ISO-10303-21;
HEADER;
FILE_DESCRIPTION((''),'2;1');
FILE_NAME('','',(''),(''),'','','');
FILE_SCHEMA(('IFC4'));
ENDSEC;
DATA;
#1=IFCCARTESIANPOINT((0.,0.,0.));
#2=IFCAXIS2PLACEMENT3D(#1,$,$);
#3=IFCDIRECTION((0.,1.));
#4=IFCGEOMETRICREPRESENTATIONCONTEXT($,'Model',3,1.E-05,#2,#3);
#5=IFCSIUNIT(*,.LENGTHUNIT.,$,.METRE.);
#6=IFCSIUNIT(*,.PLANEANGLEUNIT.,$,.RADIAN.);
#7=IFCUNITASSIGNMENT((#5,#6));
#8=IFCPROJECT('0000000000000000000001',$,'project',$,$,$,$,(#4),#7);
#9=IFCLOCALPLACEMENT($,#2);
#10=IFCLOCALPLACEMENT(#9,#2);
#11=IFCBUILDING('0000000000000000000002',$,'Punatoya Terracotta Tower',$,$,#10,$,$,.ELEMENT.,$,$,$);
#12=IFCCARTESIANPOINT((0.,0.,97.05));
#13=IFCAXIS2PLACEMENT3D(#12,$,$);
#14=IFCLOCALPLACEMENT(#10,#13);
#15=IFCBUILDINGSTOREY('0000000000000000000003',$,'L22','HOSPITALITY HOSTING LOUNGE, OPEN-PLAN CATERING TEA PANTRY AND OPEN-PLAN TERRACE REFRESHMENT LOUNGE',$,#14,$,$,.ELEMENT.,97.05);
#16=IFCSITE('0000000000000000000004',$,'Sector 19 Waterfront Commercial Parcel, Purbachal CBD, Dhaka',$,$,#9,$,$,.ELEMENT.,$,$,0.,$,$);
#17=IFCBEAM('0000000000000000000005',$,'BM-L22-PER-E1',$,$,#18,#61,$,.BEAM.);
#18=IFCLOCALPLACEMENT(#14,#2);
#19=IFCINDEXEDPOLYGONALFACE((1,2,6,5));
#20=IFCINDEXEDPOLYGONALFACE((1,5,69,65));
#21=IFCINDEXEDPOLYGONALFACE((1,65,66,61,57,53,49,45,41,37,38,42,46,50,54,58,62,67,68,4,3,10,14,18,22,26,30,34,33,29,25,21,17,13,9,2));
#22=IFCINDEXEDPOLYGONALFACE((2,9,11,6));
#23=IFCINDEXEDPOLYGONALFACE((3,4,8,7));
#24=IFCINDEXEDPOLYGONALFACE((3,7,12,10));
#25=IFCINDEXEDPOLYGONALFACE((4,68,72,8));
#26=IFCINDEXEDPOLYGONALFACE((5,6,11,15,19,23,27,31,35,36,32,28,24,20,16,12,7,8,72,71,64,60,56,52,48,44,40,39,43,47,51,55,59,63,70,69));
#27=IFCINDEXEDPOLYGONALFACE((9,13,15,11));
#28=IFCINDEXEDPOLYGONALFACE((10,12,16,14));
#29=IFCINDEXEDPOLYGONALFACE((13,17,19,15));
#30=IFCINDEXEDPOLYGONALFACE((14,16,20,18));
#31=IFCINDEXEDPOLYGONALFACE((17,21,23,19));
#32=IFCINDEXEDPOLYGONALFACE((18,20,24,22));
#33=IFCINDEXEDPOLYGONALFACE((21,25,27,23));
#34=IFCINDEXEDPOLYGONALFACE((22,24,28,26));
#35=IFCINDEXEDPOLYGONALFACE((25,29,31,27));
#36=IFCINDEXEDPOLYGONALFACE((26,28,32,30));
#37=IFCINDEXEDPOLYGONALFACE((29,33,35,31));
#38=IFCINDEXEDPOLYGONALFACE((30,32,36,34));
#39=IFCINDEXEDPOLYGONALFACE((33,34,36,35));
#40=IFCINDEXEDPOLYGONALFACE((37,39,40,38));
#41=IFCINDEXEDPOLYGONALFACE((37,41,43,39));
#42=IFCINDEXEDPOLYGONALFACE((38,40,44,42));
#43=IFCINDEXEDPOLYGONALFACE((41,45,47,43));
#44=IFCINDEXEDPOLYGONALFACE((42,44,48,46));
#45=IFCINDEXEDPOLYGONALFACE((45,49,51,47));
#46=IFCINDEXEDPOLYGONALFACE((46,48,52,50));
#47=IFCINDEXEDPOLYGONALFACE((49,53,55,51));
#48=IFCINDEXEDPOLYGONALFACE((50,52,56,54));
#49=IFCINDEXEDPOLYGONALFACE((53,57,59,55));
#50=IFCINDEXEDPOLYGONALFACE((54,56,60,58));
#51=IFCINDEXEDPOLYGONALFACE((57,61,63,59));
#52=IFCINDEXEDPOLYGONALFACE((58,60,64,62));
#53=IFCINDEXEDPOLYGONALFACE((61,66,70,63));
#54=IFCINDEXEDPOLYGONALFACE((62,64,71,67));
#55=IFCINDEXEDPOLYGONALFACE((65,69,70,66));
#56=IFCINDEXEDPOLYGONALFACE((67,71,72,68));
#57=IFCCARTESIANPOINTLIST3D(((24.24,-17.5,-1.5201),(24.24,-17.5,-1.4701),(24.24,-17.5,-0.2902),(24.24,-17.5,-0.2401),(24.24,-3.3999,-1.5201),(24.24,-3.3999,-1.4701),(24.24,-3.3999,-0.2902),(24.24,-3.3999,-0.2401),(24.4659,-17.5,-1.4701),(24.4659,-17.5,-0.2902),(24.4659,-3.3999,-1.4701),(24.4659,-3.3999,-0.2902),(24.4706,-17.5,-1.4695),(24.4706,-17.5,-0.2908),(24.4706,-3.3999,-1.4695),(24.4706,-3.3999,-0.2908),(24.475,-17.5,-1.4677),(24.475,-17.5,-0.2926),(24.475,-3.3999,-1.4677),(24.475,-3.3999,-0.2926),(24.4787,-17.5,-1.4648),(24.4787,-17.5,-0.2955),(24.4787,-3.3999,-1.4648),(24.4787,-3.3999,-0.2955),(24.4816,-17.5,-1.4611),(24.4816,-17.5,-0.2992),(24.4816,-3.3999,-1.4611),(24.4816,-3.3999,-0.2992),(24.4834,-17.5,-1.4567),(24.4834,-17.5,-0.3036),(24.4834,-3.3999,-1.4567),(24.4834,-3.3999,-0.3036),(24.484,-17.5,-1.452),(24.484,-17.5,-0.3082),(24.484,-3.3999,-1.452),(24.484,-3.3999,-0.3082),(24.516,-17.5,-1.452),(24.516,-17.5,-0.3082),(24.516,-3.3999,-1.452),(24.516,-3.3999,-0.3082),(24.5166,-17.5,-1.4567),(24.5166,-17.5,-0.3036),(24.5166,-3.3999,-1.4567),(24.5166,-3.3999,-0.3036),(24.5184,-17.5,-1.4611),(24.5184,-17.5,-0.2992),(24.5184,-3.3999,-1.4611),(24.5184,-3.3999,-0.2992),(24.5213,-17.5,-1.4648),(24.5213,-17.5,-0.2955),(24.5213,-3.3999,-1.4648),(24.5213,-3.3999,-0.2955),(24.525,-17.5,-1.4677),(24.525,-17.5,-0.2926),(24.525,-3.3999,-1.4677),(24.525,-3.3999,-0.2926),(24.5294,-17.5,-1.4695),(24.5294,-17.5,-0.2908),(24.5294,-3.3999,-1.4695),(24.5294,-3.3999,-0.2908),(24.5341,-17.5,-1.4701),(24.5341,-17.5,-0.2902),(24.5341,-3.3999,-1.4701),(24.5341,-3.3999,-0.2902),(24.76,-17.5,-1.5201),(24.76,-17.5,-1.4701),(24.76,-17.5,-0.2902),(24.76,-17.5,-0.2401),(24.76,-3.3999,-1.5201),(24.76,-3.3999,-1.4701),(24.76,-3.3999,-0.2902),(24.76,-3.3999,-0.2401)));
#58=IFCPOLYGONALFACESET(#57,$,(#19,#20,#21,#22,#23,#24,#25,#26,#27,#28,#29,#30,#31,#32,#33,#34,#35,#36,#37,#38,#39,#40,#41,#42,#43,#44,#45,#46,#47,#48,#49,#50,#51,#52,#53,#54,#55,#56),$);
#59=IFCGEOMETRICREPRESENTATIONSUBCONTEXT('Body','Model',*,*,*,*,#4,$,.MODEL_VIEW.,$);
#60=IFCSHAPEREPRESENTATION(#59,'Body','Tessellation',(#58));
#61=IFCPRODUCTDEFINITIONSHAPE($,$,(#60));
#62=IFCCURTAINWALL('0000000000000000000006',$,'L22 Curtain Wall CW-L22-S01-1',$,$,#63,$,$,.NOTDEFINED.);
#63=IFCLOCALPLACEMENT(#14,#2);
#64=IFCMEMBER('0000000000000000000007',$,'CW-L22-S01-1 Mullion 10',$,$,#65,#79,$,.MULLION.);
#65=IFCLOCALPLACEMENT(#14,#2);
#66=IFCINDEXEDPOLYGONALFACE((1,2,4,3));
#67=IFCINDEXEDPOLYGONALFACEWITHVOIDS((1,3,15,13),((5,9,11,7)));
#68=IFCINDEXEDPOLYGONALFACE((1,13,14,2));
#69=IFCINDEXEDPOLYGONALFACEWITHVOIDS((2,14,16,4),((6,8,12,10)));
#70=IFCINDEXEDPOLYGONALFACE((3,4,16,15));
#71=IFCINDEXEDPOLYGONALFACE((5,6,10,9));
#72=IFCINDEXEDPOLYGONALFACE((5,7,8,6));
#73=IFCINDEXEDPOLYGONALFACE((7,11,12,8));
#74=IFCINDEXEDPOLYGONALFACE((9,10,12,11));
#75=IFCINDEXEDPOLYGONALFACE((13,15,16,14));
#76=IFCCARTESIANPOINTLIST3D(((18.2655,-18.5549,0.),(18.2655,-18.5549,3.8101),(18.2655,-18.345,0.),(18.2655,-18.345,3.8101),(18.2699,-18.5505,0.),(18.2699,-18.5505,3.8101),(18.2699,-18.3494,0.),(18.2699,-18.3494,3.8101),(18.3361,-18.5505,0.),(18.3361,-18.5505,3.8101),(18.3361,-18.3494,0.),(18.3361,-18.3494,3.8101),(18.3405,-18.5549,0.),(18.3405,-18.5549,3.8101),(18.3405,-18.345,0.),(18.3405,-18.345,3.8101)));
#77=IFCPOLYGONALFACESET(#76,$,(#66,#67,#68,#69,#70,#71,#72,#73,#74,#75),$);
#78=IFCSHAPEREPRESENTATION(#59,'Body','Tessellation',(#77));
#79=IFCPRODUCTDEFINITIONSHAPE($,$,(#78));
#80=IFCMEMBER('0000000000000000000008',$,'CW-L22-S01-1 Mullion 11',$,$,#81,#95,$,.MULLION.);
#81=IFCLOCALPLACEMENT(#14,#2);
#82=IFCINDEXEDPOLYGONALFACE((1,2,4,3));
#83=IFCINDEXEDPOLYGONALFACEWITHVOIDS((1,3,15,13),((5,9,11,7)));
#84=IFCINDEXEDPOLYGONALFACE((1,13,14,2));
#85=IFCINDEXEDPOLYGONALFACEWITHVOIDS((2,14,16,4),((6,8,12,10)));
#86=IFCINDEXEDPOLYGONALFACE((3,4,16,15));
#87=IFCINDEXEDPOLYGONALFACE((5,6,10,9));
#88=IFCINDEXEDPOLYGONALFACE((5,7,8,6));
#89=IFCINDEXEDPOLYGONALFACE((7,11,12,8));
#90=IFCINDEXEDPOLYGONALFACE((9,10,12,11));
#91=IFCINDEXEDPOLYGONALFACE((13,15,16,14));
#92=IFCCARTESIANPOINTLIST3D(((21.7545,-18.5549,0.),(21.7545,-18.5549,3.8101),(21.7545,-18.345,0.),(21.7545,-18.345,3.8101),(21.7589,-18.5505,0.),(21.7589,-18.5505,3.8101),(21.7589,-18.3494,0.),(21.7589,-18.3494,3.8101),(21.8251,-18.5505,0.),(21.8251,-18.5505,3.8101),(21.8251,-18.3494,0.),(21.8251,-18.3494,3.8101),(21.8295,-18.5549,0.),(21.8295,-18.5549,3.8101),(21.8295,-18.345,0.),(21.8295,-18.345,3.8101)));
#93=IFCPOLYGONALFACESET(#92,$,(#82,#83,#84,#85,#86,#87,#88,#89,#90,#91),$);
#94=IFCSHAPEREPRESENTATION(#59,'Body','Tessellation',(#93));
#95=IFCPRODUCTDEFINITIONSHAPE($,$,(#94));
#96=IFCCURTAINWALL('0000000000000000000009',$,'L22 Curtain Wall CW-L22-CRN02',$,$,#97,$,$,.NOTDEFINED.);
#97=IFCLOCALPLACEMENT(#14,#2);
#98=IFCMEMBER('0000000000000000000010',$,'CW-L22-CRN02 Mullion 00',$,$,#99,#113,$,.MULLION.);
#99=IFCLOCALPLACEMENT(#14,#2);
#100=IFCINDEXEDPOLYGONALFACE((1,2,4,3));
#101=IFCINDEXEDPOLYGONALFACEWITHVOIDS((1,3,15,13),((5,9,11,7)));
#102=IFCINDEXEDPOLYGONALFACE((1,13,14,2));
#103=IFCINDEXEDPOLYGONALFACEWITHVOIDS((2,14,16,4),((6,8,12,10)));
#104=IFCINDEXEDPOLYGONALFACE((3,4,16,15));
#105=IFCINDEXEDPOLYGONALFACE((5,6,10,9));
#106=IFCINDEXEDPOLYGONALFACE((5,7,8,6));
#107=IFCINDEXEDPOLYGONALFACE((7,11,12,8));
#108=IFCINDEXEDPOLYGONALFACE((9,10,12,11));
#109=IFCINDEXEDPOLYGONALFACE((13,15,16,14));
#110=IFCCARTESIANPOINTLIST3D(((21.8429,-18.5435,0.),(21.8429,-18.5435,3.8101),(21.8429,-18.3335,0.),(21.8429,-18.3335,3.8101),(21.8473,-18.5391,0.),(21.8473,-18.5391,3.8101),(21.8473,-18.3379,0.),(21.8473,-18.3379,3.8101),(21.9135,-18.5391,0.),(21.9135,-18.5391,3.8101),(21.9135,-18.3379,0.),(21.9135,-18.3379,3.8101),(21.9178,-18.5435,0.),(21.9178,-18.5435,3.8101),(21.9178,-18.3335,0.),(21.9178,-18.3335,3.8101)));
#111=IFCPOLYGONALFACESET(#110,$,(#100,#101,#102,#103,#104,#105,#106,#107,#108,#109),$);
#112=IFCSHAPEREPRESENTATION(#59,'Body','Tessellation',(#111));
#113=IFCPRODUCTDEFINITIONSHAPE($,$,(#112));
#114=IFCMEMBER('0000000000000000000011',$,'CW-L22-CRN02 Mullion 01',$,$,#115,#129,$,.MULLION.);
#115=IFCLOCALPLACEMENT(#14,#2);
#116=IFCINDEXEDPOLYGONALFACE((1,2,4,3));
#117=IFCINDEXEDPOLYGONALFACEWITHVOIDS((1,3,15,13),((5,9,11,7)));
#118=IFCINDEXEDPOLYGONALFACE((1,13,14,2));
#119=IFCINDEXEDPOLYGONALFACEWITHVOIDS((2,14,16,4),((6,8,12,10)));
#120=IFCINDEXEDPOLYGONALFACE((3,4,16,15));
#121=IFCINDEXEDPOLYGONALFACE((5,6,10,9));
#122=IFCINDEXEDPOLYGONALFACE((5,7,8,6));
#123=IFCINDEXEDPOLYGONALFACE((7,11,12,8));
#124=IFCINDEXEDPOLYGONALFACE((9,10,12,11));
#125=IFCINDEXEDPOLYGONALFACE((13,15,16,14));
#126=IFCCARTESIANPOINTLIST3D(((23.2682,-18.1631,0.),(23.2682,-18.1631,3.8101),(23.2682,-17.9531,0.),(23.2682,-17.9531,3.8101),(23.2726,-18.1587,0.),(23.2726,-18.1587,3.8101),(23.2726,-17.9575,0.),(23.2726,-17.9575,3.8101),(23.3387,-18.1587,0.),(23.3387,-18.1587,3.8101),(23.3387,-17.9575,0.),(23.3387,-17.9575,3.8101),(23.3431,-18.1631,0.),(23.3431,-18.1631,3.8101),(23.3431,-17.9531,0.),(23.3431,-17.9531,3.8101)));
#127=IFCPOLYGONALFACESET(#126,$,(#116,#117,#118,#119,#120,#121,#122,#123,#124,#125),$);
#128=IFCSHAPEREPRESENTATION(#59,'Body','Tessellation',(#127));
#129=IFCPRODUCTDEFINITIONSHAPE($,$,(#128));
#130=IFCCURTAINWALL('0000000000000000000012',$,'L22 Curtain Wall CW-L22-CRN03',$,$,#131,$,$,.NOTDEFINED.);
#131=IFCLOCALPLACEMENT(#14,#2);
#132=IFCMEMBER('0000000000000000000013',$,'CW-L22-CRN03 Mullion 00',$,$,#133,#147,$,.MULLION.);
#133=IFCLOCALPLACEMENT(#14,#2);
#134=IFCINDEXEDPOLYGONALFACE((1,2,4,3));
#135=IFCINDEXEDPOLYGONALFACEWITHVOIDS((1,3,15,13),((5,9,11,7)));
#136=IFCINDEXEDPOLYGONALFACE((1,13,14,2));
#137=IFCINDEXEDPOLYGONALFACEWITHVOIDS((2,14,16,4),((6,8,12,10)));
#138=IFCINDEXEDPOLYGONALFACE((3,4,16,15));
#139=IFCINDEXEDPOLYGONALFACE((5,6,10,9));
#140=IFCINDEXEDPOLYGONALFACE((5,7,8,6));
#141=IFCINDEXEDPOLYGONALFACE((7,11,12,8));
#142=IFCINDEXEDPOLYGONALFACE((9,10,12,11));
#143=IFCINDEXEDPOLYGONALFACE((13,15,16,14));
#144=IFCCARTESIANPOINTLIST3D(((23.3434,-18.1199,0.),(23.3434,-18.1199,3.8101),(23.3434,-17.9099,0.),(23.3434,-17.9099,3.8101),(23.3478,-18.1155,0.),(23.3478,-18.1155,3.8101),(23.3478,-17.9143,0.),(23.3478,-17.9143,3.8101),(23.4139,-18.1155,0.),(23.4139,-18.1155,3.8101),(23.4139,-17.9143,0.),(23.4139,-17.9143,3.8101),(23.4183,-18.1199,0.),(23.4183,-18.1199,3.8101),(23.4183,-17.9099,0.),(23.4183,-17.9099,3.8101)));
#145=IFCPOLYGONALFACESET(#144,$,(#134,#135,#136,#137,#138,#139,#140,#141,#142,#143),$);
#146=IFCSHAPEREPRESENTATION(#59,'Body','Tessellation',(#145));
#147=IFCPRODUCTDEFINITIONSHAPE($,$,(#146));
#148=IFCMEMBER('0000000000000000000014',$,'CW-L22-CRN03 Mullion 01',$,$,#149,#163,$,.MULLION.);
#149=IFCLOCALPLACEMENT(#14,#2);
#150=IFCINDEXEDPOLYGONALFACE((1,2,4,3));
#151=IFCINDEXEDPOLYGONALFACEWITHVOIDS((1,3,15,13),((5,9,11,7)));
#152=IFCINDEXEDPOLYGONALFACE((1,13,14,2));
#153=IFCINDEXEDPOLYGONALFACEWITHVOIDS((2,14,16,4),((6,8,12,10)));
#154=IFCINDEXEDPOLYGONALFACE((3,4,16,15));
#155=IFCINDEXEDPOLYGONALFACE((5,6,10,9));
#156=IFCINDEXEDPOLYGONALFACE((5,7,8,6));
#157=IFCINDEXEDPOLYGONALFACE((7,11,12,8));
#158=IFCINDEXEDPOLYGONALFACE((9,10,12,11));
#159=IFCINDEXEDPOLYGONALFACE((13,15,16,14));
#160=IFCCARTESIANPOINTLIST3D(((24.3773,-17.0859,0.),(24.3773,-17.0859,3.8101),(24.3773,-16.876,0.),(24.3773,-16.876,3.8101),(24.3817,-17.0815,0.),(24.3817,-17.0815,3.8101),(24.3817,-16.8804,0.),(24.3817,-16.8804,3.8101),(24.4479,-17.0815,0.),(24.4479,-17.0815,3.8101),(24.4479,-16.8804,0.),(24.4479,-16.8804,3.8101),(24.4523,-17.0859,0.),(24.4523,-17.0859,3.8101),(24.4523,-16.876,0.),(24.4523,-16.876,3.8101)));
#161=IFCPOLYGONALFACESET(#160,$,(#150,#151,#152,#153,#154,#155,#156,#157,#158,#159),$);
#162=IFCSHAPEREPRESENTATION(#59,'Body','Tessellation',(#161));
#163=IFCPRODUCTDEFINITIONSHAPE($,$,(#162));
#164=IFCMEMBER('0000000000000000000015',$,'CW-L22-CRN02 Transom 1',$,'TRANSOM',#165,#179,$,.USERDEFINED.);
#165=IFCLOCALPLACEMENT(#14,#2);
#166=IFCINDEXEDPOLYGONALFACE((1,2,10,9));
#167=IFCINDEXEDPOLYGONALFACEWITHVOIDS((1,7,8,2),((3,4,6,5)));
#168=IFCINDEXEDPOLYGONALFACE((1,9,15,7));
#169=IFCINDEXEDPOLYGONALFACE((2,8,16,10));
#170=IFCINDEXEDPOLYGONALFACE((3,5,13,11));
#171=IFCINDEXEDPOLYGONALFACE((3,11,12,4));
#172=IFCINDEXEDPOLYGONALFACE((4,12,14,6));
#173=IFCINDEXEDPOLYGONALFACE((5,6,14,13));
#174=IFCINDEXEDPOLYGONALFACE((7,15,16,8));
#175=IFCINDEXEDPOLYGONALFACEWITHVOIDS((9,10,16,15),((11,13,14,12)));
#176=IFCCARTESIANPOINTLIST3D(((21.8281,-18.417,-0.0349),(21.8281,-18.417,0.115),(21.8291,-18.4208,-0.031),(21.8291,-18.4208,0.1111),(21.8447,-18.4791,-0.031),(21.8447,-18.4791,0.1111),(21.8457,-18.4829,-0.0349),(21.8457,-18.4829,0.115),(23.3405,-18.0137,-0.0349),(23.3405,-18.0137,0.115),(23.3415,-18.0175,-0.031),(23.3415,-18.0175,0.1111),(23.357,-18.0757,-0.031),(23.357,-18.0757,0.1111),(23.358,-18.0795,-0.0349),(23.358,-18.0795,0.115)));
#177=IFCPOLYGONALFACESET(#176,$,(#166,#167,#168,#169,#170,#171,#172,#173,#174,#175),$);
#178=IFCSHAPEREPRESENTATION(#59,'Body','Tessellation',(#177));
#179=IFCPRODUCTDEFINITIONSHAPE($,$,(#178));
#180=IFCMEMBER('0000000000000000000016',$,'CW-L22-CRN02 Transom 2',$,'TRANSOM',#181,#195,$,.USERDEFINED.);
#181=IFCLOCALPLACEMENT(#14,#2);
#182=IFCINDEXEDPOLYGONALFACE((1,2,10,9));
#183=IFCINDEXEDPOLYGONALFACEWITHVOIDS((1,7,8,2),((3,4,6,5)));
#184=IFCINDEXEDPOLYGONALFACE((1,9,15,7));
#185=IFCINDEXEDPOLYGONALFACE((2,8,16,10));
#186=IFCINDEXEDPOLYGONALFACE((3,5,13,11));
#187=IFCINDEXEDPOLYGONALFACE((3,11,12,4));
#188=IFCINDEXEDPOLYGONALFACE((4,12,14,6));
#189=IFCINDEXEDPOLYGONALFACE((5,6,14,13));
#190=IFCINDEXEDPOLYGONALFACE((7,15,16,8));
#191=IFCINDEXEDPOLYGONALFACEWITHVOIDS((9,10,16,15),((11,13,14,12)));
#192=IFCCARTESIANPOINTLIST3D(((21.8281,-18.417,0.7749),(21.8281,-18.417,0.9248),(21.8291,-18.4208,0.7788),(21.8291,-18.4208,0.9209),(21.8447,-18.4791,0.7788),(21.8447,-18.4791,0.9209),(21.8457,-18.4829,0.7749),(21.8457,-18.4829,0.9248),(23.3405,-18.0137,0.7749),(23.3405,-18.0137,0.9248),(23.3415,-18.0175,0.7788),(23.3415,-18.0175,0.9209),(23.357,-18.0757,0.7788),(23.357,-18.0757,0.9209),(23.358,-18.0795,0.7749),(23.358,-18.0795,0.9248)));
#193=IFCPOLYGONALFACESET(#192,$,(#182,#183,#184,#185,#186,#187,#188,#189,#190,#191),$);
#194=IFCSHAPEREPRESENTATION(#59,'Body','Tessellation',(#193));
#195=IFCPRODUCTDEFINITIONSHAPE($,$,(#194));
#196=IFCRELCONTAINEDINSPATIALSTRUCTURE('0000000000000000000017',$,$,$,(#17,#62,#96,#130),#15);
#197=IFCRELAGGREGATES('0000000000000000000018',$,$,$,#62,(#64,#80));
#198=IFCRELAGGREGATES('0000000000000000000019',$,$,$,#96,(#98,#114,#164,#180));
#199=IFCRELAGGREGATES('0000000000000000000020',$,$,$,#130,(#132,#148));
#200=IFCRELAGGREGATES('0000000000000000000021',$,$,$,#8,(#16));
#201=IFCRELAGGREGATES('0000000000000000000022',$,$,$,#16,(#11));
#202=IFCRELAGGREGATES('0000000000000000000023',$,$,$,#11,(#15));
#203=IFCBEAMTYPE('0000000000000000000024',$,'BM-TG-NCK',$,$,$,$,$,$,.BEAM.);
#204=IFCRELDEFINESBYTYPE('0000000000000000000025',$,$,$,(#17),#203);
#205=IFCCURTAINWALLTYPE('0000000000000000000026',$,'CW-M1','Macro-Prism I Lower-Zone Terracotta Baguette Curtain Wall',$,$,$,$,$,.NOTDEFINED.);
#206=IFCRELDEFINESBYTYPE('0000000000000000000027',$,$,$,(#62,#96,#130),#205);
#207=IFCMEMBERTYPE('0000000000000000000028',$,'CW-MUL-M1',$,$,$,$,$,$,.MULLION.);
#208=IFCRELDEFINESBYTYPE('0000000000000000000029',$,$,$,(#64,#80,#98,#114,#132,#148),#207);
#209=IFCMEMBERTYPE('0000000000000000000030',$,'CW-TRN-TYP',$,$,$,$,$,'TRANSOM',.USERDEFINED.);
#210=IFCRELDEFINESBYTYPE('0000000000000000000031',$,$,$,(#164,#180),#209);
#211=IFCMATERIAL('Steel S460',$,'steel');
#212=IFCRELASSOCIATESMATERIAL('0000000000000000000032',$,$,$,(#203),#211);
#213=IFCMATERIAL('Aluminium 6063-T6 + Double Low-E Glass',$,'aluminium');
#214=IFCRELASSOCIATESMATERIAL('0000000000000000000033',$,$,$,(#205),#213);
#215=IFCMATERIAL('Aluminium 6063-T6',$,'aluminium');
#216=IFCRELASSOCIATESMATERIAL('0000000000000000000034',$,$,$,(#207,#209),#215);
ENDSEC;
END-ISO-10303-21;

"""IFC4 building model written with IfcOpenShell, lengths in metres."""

from ifc_helpers import new_model, si_unit, direction, frame, origin, origin_2d, place, context, subcontext, project, spatial, hollow_rectangle, i_section, extrude, material, material_profile, profile_set, type_object, element, aggregate, save


model = new_model("IFC4")

# Units and contexts
model_context = context("Model", 3, precision=1e-05, world=origin(), true_north=direction((0.0, 1.0)))
body_context = subcontext(model_context, "Body", "Model", "MODEL_VIEW")
ifc_project = project(units=[si_unit("LENGTHUNIT", "METRE"), si_unit("PLANEANGLEUNIT", "RADIAN")], contexts=[model_context])

# Site, building, storey
site_placement = place(None, origin())
site = spatial("IfcSite", under=ifc_project, at=site_placement, Name="Sector 19 Waterfront Commercial Parcel, Purbachal CBD, Dhaka", CompositionType="ELEMENT", RefElevation=0.0)
building_placement = place(site_placement, origin())
building = spatial("IfcBuilding", under=site, at=building_placement, Name="Punatoya Terracotta Tower", CompositionType="ELEMENT")
storey_placement = place(building_placement, frame((0.0, 0.0, 97.05)))
storey = spatial("IfcBuildingStorey", under=building, at=storey_placement, Name="L22", Description="HOSPITALITY HOSTING LOUNGE, OPEN-PLAN CATERING TEA PANTRY AND OPEN-PLAN TERRACE REFRESHMENT LOUNGE", CompositionType="ELEMENT", Elevation=97.05)

# Shared definitions
ifc_material_1 = material(Name="Steel S460", Category="steel")

# Beam
ifc_material_profile_1 = material_profile(ifc_material_1, i_section(OverallWidth=0.52, OverallDepth=1.28, WebThickness=0.032, FlangeThickness=0.05, FilletRadius=0.0181, at=origin_2d()))
ifc_profile_set_1 = profile_set([ifc_material_profile_1], Name="Steel S460")
beam_type_1 = type_object("IfcBeamType", Name="BM-TG-NCK", PredefinedType="BEAM", material=ifc_profile_set_1)
beam_1_placement = place(storey_placement, frame((24.5, -17.5, -0.8801), z_axis=(0.0, 1.0, 0.0), x_axis=(-1.0, 0.0, 0.0)))
element("IfcBeam", 1, at=beam_1_placement, inside=storey, type_object=beam_type_1, Name="BM-L22-PER-E1", PredefinedType="BEAM", context=body_context, shape_type="SweptSolid", body=[
    extrude(i_section(OverallWidth=0.52, OverallDepth=1.28, WebThickness=0.032, FlangeThickness=0.05, FilletRadius=0.0181, at=origin_2d()), origin(), (0.0, 0.0, 1.0), 14.1001),
])

# Curtain walls, members
ifc_material_2 = material(Name="Aluminium 6063-T6 + Double Low-E Glass", Category="aluminium")
curtain_wall_type = type_object("IfcCurtainWallType", Name="CW-M1", Description="Macro-Prism I Lower-Zone Terracotta Baguette Curtain Wall", PredefinedType="NOTDEFINED", material=ifc_material_2)
curtain_wall_1_placement = place(storey_placement, origin())
curtain_wall_1 = element("IfcCurtainWall", 2, at=curtain_wall_1_placement, inside=storey, type_object=curtain_wall_type, Name="L22 Curtain Wall CW-L22-S01-1", PredefinedType="NOTDEFINED")
ifc_material_3 = material(Name="Aluminium 6063-T6", Category="aluminium")
ifc_material_profile_2 = material_profile(ifc_material_3, hollow_rectangle(XDim=0.075, YDim=0.21, WallThickness=0.0044, at=origin_2d()))
ifc_profile_set_2 = profile_set([ifc_material_profile_2], Name="Aluminium 6063-T6")
member_type_1 = type_object("IfcMemberType", Name="CW-MUL-M1", PredefinedType="MULLION", material=ifc_profile_set_2)
member_1_placement = place(storey_placement, frame((18.303, -18.45, 0.0), z_axis=(0.0, 0.0, 1.0), x_axis=(1.0, 0.0, 0.0)))
member_1 = element("IfcMember", 3, at=member_1_placement, type_object=member_type_1, Name="CW-L22-S01-1 Mullion 10", PredefinedType="MULLION", context=body_context, shape_type="SweptSolid", body=[
    extrude(hollow_rectangle(XDim=0.075, YDim=0.21, WallThickness=0.0044, at=origin_2d()), origin(), (0.0, 0.0, 1.0), 3.8101),
])
member_2_placement = place(storey_placement, frame((21.792, -18.45, 0.0), z_axis=(0.0, 0.0, 1.0), x_axis=(1.0, 0.0, 0.0)))
member_2 = element("IfcMember", 4, at=member_2_placement, type_object=member_type_1, Name="CW-L22-S01-1 Mullion 11", PredefinedType="MULLION", context=body_context, shape_type="SweptSolid", body=[
    extrude(hollow_rectangle(XDim=0.075, YDim=0.21, WallThickness=0.0044, at=origin_2d()), origin(), (0.0, 0.0, 1.0), 3.8101),
])
curtain_wall_2_placement = place(storey_placement, origin())
curtain_wall_2 = element("IfcCurtainWall", 5, at=curtain_wall_2_placement, inside=storey, type_object=curtain_wall_type, Name="L22 Curtain Wall CW-L22-CRN02", PredefinedType="NOTDEFINED")
member_3_placement = place(storey_placement, frame((21.8804, -18.4385, 0.0), z_axis=(0.0, 0.0, 1.0), x_axis=(1.0, 0.0, 0.0)))
member_3 = element("IfcMember", 6, at=member_3_placement, type_object=member_type_1, Name="CW-L22-CRN02 Mullion 00", PredefinedType="MULLION", context=body_context, shape_type="SweptSolid", body=[
    extrude(hollow_rectangle(XDim=0.075, YDim=0.21, WallThickness=0.0044, at=origin_2d()), origin(), (0.0, 0.0, 1.0), 3.8101),
])
member_4_placement = place(storey_placement, frame((23.3057, -18.0581, 0.0), z_axis=(0.0, 0.0, 1.0), x_axis=(1.0, 0.0, 0.0)))
member_4 = element("IfcMember", 7, at=member_4_placement, type_object=member_type_1, Name="CW-L22-CRN02 Mullion 01", PredefinedType="MULLION", context=body_context, shape_type="SweptSolid", body=[
    extrude(hollow_rectangle(XDim=0.075, YDim=0.21, WallThickness=0.0044, at=origin_2d()), origin(), (0.0, 0.0, 1.0), 3.8101),
])
curtain_wall_3_placement = place(storey_placement, origin())
curtain_wall_3 = element("IfcCurtainWall", 8, at=curtain_wall_3_placement, inside=storey, type_object=curtain_wall_type, Name="L22 Curtain Wall CW-L22-CRN03", PredefinedType="NOTDEFINED")
member_5_placement = place(storey_placement, frame((23.3809, -18.0149, 0.0), z_axis=(0.0, 0.0, 1.0), x_axis=(1.0, 0.0, 0.0)))
member_5 = element("IfcMember", 9, at=member_5_placement, type_object=member_type_1, Name="CW-L22-CRN03 Mullion 00", PredefinedType="MULLION", context=body_context, shape_type="SweptSolid", body=[
    extrude(hollow_rectangle(XDim=0.075, YDim=0.21, WallThickness=0.0044, at=origin_2d()), origin(), (0.0, 0.0, 1.0), 3.8101),
])
member_6_placement = place(storey_placement, frame((24.4148, -16.981, 0.0), z_axis=(0.0, 0.0, 1.0), x_axis=(1.0, 0.0, 0.0)))
member_6 = element("IfcMember", 10, at=member_6_placement, type_object=member_type_1, Name="CW-L22-CRN03 Mullion 01", PredefinedType="MULLION", context=body_context, shape_type="SweptSolid", body=[
    extrude(hollow_rectangle(XDim=0.075, YDim=0.21, WallThickness=0.0044, at=origin_2d()), origin(), (0.0, 0.0, 1.0), 3.8101),
])

# Members
ifc_material_profile_3 = material_profile(ifc_material_3, hollow_rectangle(XDim=0.0681, YDim=0.1499, WallThickness=0.0039, at=origin_2d()))
ifc_profile_set_3 = profile_set([ifc_material_profile_3], Name="Aluminium 6063-T6")
member_type_2 = type_object("IfcMemberType", Name="CW-TRN-TYP", ElementType="TRANSOM", PredefinedType="USERDEFINED", material=ifc_profile_set_3)
member_7_placement = place(storey_placement, frame((21.8369, -18.45, 0.04), z_axis=(0.966225, 0.257701, 0.0), x_axis=(-0.257701, 0.966225, 0.0)))
member_7 = element("IfcMember", 11, at=member_7_placement, type_object=member_type_2, Name="CW-L22-CRN02 Transom 1", ObjectType="TRANSOM", PredefinedType="USERDEFINED", context=body_context, shape_type="SweptSolid", body=[
    extrude(hollow_rectangle(XDim=0.0681, YDim=0.1499, WallThickness=0.0039, at=origin_2d()), origin(), (0.0, 0.0, 1.0), 1.5652),
])
member_8_placement = place(storey_placement, frame((21.8369, -18.45, 0.8499), z_axis=(0.966225, 0.257701, 0.0), x_axis=(-0.257701, 0.966225, 0.0)))
member_8 = element("IfcMember", 12, at=member_8_placement, type_object=member_type_2, Name="CW-L22-CRN02 Transom 2", ObjectType="TRANSOM", PredefinedType="USERDEFINED", context=body_context, shape_type="SweptSolid", body=[
    extrude(hollow_rectangle(XDim=0.0681, YDim=0.1499, WallThickness=0.0039, at=origin_2d()), origin(), (0.0, 0.0, 1.0), 1.5652),
])

aggregate(curtain_wall_1, [member_1, member_2])
aggregate(curtain_wall_2, [member_3, member_4, member_7, member_8])
aggregate(curtain_wall_3, [member_5, member_6])

save(model, "model.ifc")
